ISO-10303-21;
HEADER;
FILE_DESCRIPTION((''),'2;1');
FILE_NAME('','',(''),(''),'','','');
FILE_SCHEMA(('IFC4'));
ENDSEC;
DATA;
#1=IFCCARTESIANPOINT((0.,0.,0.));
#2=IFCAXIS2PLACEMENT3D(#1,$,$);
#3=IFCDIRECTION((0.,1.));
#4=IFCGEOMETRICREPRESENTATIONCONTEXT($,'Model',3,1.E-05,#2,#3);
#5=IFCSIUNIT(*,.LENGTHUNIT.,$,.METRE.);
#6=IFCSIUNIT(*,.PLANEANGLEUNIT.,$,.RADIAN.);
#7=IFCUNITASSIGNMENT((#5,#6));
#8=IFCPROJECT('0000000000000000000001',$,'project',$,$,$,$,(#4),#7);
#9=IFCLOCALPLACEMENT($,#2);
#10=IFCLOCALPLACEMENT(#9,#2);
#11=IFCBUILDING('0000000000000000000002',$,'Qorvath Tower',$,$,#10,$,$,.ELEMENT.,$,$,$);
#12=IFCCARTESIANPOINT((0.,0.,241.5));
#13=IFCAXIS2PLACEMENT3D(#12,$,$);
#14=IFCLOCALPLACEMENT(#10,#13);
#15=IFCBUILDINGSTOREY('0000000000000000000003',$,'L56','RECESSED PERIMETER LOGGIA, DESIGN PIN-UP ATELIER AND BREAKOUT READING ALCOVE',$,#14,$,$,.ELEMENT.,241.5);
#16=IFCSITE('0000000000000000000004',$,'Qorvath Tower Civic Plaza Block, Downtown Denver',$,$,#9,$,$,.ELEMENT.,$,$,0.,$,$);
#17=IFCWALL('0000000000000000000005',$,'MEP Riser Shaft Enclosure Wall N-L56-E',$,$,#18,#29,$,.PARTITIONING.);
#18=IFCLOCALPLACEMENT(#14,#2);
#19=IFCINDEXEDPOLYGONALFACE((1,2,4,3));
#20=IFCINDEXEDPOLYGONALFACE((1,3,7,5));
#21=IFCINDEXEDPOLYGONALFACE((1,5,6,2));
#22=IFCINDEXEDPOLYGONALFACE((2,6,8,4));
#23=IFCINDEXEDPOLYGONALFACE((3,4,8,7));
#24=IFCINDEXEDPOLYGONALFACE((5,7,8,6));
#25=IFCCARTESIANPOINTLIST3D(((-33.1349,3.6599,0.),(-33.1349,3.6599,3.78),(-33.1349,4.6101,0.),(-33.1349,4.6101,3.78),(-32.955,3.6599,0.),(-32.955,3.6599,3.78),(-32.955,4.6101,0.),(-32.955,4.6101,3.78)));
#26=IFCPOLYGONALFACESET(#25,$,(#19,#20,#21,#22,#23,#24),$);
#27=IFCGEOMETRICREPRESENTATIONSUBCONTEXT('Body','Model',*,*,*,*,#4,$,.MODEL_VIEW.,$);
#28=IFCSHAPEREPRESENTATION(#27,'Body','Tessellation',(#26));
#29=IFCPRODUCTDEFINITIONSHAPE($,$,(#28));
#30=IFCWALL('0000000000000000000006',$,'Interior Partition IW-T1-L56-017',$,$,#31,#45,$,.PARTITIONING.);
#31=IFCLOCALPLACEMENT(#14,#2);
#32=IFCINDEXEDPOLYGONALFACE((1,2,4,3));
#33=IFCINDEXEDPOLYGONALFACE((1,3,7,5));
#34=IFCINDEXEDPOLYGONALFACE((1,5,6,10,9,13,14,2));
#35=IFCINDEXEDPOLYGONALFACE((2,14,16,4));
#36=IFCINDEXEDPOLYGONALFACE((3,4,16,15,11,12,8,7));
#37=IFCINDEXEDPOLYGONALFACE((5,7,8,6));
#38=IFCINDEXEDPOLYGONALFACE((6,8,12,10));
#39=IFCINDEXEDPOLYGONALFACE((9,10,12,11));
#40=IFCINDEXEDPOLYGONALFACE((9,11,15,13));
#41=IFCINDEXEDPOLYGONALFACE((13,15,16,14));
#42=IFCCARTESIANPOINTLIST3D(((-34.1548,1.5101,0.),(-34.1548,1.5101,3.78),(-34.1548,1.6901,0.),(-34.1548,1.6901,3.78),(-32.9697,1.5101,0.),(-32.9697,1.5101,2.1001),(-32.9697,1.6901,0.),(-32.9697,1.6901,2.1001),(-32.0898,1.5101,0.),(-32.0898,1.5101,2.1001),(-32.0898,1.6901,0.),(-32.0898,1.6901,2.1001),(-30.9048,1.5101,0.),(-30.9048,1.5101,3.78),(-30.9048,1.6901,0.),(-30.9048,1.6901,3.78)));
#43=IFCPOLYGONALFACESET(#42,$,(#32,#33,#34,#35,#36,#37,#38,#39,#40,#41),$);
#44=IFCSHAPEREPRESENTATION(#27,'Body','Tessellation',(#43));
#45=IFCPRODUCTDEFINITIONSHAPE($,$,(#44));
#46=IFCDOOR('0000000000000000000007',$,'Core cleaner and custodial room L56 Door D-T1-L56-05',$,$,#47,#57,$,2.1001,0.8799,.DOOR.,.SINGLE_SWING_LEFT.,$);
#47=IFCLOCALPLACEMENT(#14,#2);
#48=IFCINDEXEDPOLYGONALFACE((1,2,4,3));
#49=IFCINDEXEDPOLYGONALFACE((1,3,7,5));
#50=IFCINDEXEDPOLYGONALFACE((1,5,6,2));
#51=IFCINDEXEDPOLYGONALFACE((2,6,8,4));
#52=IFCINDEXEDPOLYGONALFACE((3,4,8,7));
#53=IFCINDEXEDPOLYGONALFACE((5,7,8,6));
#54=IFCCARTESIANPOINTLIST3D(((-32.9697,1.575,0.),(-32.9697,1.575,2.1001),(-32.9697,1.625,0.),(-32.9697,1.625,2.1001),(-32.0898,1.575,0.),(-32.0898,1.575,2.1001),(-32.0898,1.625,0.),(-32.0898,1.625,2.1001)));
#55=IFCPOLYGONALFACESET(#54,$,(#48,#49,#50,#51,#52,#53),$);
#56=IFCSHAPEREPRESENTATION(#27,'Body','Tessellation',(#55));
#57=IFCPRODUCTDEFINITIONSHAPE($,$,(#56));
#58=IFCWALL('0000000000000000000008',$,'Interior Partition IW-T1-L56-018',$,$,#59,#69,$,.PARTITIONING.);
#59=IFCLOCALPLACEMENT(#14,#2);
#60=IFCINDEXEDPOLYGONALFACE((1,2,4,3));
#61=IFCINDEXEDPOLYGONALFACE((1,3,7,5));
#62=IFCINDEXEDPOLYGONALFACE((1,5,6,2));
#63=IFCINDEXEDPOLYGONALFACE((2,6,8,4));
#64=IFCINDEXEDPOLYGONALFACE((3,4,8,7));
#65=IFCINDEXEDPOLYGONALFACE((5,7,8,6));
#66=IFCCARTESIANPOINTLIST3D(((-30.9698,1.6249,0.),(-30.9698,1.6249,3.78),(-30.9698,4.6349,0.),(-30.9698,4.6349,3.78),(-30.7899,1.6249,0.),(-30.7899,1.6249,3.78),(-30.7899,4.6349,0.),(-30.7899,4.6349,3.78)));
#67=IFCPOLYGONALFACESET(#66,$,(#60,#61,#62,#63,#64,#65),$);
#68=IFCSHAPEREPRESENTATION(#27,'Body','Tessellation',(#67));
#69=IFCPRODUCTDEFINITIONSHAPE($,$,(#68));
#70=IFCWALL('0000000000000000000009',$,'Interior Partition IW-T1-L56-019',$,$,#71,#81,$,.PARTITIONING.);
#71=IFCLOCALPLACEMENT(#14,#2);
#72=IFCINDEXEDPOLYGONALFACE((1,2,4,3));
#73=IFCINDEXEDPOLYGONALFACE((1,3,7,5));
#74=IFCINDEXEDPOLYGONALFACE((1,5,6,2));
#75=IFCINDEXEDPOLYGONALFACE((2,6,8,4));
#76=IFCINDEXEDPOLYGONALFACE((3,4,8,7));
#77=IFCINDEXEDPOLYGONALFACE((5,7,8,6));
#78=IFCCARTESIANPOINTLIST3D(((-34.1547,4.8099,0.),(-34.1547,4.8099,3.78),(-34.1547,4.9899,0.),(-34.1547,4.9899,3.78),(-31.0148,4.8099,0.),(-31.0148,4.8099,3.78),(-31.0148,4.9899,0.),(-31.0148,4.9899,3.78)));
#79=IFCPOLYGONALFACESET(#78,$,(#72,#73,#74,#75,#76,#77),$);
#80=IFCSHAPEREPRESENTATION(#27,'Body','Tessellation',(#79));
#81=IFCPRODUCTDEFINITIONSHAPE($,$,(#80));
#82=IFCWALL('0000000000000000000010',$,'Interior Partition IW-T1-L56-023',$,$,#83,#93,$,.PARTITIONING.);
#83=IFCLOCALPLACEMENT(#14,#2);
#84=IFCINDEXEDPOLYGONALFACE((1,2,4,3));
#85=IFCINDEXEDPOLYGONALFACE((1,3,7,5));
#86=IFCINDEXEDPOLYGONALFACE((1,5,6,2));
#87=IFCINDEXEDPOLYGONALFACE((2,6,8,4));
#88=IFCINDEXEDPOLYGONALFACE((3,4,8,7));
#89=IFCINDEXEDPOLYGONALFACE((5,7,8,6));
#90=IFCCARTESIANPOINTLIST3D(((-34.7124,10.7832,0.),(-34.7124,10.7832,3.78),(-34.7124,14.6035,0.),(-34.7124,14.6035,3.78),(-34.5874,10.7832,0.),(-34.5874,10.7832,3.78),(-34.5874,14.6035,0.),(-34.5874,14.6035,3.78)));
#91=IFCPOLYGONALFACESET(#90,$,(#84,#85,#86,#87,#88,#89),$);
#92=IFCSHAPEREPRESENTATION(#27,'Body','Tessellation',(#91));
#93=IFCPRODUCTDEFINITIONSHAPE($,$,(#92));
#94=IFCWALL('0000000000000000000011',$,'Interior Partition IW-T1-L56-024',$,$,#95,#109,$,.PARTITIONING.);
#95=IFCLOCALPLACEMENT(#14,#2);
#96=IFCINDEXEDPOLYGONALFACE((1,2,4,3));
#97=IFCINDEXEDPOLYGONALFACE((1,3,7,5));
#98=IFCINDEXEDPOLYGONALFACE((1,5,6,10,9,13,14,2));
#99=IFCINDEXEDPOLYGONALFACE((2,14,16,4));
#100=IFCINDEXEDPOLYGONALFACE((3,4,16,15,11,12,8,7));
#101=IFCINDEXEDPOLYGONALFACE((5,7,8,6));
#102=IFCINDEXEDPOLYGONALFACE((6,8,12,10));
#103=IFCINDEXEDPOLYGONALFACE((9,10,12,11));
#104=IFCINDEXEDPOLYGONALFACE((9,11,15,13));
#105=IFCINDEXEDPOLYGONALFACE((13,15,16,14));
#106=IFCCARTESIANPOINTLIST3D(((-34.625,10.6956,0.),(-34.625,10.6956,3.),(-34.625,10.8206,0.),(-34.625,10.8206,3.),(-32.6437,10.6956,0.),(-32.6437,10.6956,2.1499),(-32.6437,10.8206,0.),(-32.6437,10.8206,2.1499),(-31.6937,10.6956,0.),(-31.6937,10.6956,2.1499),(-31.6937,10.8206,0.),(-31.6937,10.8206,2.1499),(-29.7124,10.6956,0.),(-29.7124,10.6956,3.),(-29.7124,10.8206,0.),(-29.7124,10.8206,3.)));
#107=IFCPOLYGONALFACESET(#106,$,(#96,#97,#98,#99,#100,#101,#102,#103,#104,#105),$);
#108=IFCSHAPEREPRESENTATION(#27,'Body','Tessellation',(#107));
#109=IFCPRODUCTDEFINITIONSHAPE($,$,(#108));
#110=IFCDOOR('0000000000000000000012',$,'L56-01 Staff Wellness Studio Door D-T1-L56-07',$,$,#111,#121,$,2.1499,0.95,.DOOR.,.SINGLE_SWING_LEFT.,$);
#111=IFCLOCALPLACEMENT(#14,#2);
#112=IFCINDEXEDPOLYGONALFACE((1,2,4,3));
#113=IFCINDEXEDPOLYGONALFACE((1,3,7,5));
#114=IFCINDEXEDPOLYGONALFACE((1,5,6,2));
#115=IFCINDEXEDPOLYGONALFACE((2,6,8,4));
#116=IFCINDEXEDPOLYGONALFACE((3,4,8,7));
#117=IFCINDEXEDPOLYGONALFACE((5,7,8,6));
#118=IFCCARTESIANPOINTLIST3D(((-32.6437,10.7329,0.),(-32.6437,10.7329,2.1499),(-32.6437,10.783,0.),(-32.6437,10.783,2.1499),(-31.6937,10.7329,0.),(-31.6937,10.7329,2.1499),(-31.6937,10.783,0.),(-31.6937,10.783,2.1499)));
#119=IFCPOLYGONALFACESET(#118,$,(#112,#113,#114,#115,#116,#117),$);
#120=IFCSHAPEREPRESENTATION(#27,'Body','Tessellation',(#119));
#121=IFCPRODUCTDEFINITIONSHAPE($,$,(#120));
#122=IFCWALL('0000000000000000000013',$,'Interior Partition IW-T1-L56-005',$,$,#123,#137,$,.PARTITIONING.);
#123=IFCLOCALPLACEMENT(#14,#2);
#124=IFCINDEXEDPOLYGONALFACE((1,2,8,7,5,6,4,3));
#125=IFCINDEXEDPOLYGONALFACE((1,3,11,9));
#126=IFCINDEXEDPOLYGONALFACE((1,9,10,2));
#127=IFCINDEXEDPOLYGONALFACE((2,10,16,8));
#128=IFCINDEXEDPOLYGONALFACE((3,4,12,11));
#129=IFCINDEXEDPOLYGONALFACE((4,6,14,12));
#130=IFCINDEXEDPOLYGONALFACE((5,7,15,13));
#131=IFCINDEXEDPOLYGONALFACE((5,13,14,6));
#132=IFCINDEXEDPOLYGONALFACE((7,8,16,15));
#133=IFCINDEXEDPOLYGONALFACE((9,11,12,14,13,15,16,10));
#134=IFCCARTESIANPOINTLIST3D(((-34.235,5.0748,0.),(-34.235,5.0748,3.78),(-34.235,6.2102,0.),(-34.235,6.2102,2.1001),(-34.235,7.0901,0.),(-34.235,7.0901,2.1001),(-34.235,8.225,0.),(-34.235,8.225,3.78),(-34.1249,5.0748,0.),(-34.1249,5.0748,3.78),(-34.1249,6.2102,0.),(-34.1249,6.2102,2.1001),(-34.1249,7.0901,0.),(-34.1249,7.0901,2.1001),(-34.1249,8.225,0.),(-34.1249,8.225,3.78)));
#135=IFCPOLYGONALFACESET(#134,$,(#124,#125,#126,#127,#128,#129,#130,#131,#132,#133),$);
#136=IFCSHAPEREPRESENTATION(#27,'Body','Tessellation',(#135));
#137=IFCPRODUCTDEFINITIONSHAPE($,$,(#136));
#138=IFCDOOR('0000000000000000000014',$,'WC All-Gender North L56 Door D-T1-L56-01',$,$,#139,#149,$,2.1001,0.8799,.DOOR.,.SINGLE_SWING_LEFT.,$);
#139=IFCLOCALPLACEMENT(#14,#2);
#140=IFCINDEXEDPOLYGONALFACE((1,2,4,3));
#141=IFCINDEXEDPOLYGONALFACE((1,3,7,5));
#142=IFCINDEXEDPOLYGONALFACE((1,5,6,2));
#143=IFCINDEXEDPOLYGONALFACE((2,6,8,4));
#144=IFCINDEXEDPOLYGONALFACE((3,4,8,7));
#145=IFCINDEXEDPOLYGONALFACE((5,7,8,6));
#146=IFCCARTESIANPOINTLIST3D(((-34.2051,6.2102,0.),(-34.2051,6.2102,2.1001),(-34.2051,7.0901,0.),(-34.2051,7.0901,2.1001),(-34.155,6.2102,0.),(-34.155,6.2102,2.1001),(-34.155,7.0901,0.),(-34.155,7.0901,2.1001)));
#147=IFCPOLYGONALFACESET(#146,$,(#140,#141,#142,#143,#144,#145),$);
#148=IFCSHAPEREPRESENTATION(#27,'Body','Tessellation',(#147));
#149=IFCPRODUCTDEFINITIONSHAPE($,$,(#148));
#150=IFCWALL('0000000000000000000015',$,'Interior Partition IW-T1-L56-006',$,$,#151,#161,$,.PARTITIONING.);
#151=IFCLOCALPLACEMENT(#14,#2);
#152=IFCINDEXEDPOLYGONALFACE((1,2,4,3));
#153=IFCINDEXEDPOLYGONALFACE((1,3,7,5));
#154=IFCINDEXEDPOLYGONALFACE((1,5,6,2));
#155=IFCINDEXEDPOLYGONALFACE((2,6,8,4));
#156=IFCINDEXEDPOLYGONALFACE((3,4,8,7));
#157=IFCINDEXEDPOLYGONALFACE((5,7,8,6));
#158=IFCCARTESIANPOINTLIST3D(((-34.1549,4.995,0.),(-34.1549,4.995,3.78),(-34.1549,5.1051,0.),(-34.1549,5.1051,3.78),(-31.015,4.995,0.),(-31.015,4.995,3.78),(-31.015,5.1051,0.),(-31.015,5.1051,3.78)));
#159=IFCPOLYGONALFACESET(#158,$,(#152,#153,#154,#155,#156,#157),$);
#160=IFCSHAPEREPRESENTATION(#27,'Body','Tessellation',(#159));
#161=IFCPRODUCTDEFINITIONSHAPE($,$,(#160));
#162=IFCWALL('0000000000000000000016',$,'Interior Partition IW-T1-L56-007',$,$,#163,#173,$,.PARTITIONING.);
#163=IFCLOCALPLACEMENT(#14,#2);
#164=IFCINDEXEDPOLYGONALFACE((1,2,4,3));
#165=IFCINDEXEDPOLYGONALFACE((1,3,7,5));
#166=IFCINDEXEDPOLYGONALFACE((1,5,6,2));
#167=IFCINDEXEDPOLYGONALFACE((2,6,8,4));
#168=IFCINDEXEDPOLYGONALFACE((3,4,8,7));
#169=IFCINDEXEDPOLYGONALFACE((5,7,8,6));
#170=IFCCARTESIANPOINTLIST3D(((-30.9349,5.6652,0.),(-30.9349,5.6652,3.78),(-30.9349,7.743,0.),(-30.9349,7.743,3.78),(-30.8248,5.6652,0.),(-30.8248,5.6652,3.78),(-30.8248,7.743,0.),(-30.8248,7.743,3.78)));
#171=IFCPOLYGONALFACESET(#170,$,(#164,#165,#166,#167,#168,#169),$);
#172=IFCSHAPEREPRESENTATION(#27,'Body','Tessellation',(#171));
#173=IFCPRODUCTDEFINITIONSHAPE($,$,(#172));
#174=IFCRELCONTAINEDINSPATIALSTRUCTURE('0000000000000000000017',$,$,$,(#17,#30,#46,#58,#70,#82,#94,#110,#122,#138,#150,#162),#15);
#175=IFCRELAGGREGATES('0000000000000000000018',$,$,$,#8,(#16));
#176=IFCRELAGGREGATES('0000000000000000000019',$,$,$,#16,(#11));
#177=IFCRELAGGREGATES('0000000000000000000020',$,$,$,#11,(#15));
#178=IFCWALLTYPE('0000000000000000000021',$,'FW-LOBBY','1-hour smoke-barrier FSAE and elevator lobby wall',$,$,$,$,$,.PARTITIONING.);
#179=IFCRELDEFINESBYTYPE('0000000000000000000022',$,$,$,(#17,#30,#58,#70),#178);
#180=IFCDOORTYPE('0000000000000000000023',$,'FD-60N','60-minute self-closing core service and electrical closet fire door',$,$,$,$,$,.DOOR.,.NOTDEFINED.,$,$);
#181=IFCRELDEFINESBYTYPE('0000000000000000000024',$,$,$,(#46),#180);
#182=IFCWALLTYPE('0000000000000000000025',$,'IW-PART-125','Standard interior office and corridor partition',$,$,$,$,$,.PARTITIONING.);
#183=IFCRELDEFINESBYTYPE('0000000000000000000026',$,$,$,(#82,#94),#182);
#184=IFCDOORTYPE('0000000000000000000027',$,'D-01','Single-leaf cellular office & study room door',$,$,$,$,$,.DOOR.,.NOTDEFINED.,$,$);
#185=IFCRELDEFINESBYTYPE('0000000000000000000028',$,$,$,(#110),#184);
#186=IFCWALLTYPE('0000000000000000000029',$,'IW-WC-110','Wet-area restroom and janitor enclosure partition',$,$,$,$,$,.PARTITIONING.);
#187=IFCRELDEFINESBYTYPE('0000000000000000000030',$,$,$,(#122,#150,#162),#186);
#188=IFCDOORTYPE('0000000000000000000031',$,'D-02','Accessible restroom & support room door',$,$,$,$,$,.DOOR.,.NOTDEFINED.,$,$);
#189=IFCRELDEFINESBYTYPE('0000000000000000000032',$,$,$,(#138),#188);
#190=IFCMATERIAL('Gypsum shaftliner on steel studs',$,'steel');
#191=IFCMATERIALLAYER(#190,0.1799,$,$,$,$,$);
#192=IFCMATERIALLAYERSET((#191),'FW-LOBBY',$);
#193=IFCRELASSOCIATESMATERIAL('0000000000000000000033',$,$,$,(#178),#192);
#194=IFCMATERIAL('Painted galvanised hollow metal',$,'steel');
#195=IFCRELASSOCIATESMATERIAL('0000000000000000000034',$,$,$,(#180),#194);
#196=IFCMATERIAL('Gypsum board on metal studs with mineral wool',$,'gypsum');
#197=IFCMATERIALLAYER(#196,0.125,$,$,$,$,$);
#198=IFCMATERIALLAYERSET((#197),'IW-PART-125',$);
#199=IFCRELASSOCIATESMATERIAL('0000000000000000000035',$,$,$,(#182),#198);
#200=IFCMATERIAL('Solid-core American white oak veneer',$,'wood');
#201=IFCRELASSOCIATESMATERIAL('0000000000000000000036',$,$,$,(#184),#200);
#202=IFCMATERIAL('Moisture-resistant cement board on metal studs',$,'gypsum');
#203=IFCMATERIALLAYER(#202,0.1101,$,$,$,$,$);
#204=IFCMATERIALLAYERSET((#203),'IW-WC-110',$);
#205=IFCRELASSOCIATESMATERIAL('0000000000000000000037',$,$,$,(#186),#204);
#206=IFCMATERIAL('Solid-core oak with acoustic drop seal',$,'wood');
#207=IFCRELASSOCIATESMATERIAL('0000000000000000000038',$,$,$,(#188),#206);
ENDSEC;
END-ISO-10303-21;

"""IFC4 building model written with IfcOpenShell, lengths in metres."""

from ifc_helpers import new_model, si_unit, direction, frame, frame_2d, origin, place, context, subcontext, project, spatial, rectangle, extrude, material, layer, layer_set, type_object, element, fill, save


model = new_model("IFC4")

# Units and contexts
model_context = context("Model", 3, precision=1e-05, world=origin(), true_north=direction((0.0, 1.0)))
body_context = subcontext(model_context, "Body", "Model", "MODEL_VIEW")
ifc_project = project(units=[si_unit("LENGTHUNIT", "METRE"), si_unit("PLANEANGLEUNIT", "RADIAN")], contexts=[model_context])

# Site, building, storey
site_placement = place(None, origin())
site = spatial("IfcSite", under=ifc_project, at=site_placement, Name="Qorvath Tower Civic Plaza Block, Downtown Denver", CompositionType="ELEMENT", RefElevation=0.0)
building_placement = place(site_placement, origin())
building = spatial("IfcBuilding", under=site, at=building_placement, Name="Qorvath Tower", CompositionType="ELEMENT")
storey_placement = place(building_placement, frame((0.0, 0.0, 241.5)))
storey = spatial("IfcBuildingStorey", under=building, at=storey_placement, Name="L56", Description="RECESSED PERIMETER LOGGIA, DESIGN PIN-UP ATELIER AND BREAKOUT READING ALCOVE", CompositionType="ELEMENT", Elevation=241.5)

# Wall
ifc_material_1 = material(Name="Gypsum shaftliner on steel studs", Category="steel")
ifc_layer_1 = layer(ifc_material_1, 0.1799)
ifc_layer_set_1 = layer_set([ifc_layer_1], Name="FW-LOBBY")
wall_type_1 = type_object("IfcWallType", Name="FW-LOBBY", Description="1-hour smoke-barrier FSAE and elevator lobby wall", PredefinedType="PARTITIONING", material=ifc_layer_set_1)
for number, where, z_axis, x_axis, name in (
    (1, (-33.0449, 4.6101, 0.0), (0.0, 0.0, 1.0), (0.0, -1.0, 0.0), "MEP Riser Shaft Enclosure Wall N-L56-E"),
):
    element("IfcWall", number, at=place(storey_placement, frame(where, z_axis=z_axis, x_axis=x_axis)), inside=storey, type_object=wall_type_1, Name=name, PredefinedType="PARTITIONING", context=body_context, shape_type="SweptSolid", body=[
        extrude(rectangle(XDim=0.9502, YDim=0.1799, at=frame_2d((0.4751, 0.0))), origin(), (0.0, 0.0, 1.0), 3.78),
    ])

# Wall, opening, door
wall_1_placement = place(storey_placement, frame((-34.1548, 1.6001, 0.0), z_axis=(0.0, 0.0, 1.0), x_axis=(1.0, 0.0, 0.0)))
wall_1 = element("IfcWall", 2, at=wall_1_placement, inside=storey, type_object=wall_type_1, Name="Interior Partition IW-T1-L56-017", PredefinedType="PARTITIONING", context=body_context, shape_type="SweptSolid", body=[
    extrude(rectangle(XDim=3.25, YDim=0.1799, at=frame_2d((1.625, 0.0))), origin(), (0.0, 0.0, 1.0), 3.78),
])
opening_1_placement = place(wall_1_placement, frame((1.1851, 0.0, 0.0)))
opening_1 = element("IfcOpeningElement", 3, at=opening_1_placement, cuts=wall_1, PredefinedType="OPENING", context=body_context, shape_type="SweptSolid", body=[
    extrude(rectangle(XDim=0.8799, YDim=2.1001, at=frame_2d((0.4399, 1.05))), frame((0.0, 0.1001, 0.0), z_axis=(0.0, -1.0, 0.0), x_axis=(1.0, 0.0, 0.0)), (0.0, 0.0, 1.0), 0.2),
])
ifc_material_2 = material(Name="Painted galvanised hollow metal", Category="steel")
door_type_1 = type_object("IfcDoorType", Name="FD-60N", Description="60-minute self-closing core service and electrical closet fire door", OperationType="NOTDEFINED", PredefinedType="DOOR", material=ifc_material_2)
door_1_placement = place(opening_1_placement, origin())
door_1 = element("IfcDoor", 4, at=door_1_placement, inside=storey, type_object=door_type_1, Name="Core cleaner and custodial room L56 Door D-T1-L56-05", OperationType="SINGLE_SWING_LEFT", OverallHeight=2.1001, OverallWidth=0.8799, PredefinedType="DOOR", context=body_context, shape_type="SweptSolid", body=[
    extrude(rectangle(XDim=0.8799, YDim=2.1001, at=frame_2d((0.4399, 1.05))), frame((0.0, 0.0249, 0.0), z_axis=(0.0, -1.0, 0.0), x_axis=(1.0, 0.0, 0.0)), (0.0, 0.0, 1.0), 0.05),
])
fill(opening_1, door_1)

# Walls
wall_2_placement = place(storey_placement, frame((-30.8799, 1.625, 0.0), z_axis=(0.0, 0.0, 1.0), x_axis=(0.0, 1.0, 0.0)))
element("IfcWall", 5, at=wall_2_placement, inside=storey, type_object=wall_type_1, Name="Interior Partition IW-T1-L56-018", PredefinedType="PARTITIONING", context=body_context, shape_type="SweptSolid", body=[
    extrude(rectangle(XDim=3.01, YDim=0.1799, at=frame_2d((1.5049, 0.0))), origin(), (0.0, 0.0, 1.0), 3.78),
])
wall_3_placement = place(storey_placement, frame((-31.0149, 4.8999, 0.0), z_axis=(0.0, 0.0, 1.0), x_axis=(-1.0, 0.0, 0.0)))
element("IfcWall", 6, at=wall_3_placement, inside=storey, type_object=wall_type_1, Name="Interior Partition IW-T1-L56-019", PredefinedType="PARTITIONING", context=body_context, shape_type="SweptSolid", body=[
    extrude(rectangle(XDim=3.1399, YDim=0.1799, at=frame_2d((1.5698, 0.0))), origin(), (0.0, 0.0, 1.0), 3.78),
])
ifc_material_3 = material(Name="Gypsum board on metal studs with mineral wool", Category="gypsum")
ifc_layer_2 = layer(ifc_material_3, 0.125)
ifc_layer_set_2 = layer_set([ifc_layer_2], Name="IW-PART-125")
wall_type_2 = type_object("IfcWallType", Name="IW-PART-125", Description="Standard interior office and corridor partition", PredefinedType="PARTITIONING", material=ifc_layer_set_2)
wall_4_placement = place(storey_placement, frame((-34.6499, 14.6035, 0.0), z_axis=(0.0, 0.0, 1.0), x_axis=(0.0, -1.0, 0.0)))
element("IfcWall", 7, at=wall_4_placement, inside=storey, type_object=wall_type_2, Name="Interior Partition IW-T1-L56-023", PredefinedType="PARTITIONING", context=body_context, shape_type="SweptSolid", body=[
    extrude(rectangle(XDim=3.8203, YDim=0.125, at=frame_2d((1.9102, 0.0))), origin(), (0.0, 0.0, 1.0), 3.78),
])

# Walls, openings, doors
wall_5_placement = place(storey_placement, frame((-34.625, 10.7581, 0.0), z_axis=(0.0, 0.0, 1.0), x_axis=(1.0, 0.0, 0.0)))
wall_5 = element("IfcWall", 8, at=wall_5_placement, inside=storey, type_object=wall_type_2, Name="Interior Partition IW-T1-L56-024", PredefinedType="PARTITIONING", context=body_context, shape_type="SweptSolid", body=[
    extrude(rectangle(XDim=4.9126, YDim=0.125, at=frame_2d((2.4563, 0.0))), origin(), (0.0, 0.0, 1.0), 3.0),
])
opening_2_placement = place(wall_5_placement, frame((1.9812, 0.0, 0.0)))
opening_2 = element("IfcOpeningElement", 9, at=opening_2_placement, cuts=wall_5, PredefinedType="OPENING", context=body_context, shape_type="SweptSolid", body=[
    extrude(rectangle(XDim=0.95, YDim=2.1499, at=frame_2d((0.4751, 1.075))), frame((0.0, 0.0725, 0.0), z_axis=(0.0, -1.0, 0.0), x_axis=(1.0, 0.0, 0.0)), (0.0, 0.0, 1.0), 0.145),
])
ifc_material_4 = material(Name="Solid-core American white oak veneer", Category="wood")
door_type_2 = type_object("IfcDoorType", Name="D-01", Description="Single-leaf cellular office & study room door", OperationType="NOTDEFINED", PredefinedType="DOOR", material=ifc_material_4)
door_2_placement = place(opening_2_placement, origin())
door_2 = element("IfcDoor", 10, at=door_2_placement, inside=storey, type_object=door_type_2, Name="L56-01 Staff Wellness Studio Door D-T1-L56-07", OperationType="SINGLE_SWING_LEFT", OverallHeight=2.1499, OverallWidth=0.95, PredefinedType="DOOR", context=body_context, shape_type="SweptSolid", body=[
    extrude(rectangle(XDim=0.95, YDim=2.1499, at=frame_2d((0.4751, 1.075))), frame((0.0, 0.0249, 0.0), z_axis=(0.0, -1.0, 0.0), x_axis=(1.0, 0.0, 0.0)), (0.0, 0.0, 1.0), 0.05),
])
fill(opening_2, door_2)
ifc_material_5 = material(Name="Moisture-resistant cement board on metal studs", Category="gypsum")
ifc_layer_3 = layer(ifc_material_5, 0.1101)
ifc_layer_set_3 = layer_set([ifc_layer_3], Name="IW-WC-110")
wall_type_3 = type_object("IfcWallType", Name="IW-WC-110", Description="Wet-area restroom and janitor enclosure partition", PredefinedType="PARTITIONING", material=ifc_layer_set_3)
wall_6_placement = place(storey_placement, frame((-34.1799, 8.2251, 0.0), z_axis=(0.0, 0.0, 1.0), x_axis=(0.0, -1.0, 0.0)))
wall_6 = element("IfcWall", 11, at=wall_6_placement, inside=storey, type_object=wall_type_3, Name="Interior Partition IW-T1-L56-005", PredefinedType="PARTITIONING", context=body_context, shape_type="SweptSolid", body=[
    extrude(rectangle(XDim=3.1501, YDim=0.1101, at=frame_2d((1.5752, 0.0))), origin(), (0.0, 0.0, 1.0), 3.78),
])
opening_3_placement = place(wall_6_placement, frame((1.135, 0.0, 0.0)))
opening_3 = element("IfcOpeningElement", 12, at=opening_3_placement, cuts=wall_6, PredefinedType="OPENING", context=body_context, shape_type="SweptSolid", body=[
    extrude(rectangle(XDim=0.8799, YDim=2.1001, at=frame_2d((0.4399, 1.05))), frame((0.0, 0.0649, 0.0), z_axis=(0.0, -1.0, 0.0), x_axis=(1.0, 0.0, 0.0)), (0.0, 0.0, 1.0), 0.1301),
])
ifc_material_6 = material(Name="Solid-core oak with acoustic drop seal", Category="wood")
door_type_3 = type_object("IfcDoorType", Name="D-02", Description="Accessible restroom & support room door", OperationType="NOTDEFINED", PredefinedType="DOOR", material=ifc_material_6)
door_3_placement = place(opening_3_placement, origin())
door_3 = element("IfcDoor", 13, at=door_3_placement, inside=storey, type_object=door_type_3, Name="WC All-Gender North L56 Door D-T1-L56-01", OperationType="SINGLE_SWING_LEFT", OverallHeight=2.1001, OverallWidth=0.8799, PredefinedType="DOOR", context=body_context, shape_type="SweptSolid", body=[
    extrude(rectangle(XDim=0.8799, YDim=2.1001, at=frame_2d((0.4399, 1.05))), frame((0.0, 0.0249, 0.0), z_axis=(0.0, -1.0, 0.0), x_axis=(1.0, 0.0, 0.0)), (0.0, 0.0, 1.0), 0.05),
])
fill(opening_3, door_3)

# Walls
wall_7_placement = place(storey_placement, frame((-34.1548, 5.05, 0.0), z_axis=(0.0, 0.0, 1.0), x_axis=(1.0, 0.0, 0.0)))
element("IfcWall", 14, at=wall_7_placement, inside=storey, type_object=wall_type_3, Name="Interior Partition IW-T1-L56-006", PredefinedType="PARTITIONING", context=body_context, shape_type="SweptSolid", body=[
    extrude(rectangle(XDim=3.1399, YDim=0.1101, at=frame_2d((1.5698, 0.0))), origin(), (0.0, 0.0, 1.0), 3.78),
])
wall_8_placement = place(storey_placement, frame((-30.8799, 5.665, 0.0), z_axis=(0.0, 0.0, 1.0), x_axis=(0.0, 1.0, 0.0)))
element("IfcWall", 15, at=wall_8_placement, inside=storey, type_object=wall_type_3, Name="Interior Partition IW-T1-L56-007", PredefinedType="PARTITIONING", context=body_context, shape_type="SweptSolid", body=[
    extrude(rectangle(XDim=2.0779, YDim=0.1101, at=frame_2d((1.0391, 0.0))), origin(), (0.0, 0.0, 1.0), 3.78),
])

save(model, "model.ifc")
